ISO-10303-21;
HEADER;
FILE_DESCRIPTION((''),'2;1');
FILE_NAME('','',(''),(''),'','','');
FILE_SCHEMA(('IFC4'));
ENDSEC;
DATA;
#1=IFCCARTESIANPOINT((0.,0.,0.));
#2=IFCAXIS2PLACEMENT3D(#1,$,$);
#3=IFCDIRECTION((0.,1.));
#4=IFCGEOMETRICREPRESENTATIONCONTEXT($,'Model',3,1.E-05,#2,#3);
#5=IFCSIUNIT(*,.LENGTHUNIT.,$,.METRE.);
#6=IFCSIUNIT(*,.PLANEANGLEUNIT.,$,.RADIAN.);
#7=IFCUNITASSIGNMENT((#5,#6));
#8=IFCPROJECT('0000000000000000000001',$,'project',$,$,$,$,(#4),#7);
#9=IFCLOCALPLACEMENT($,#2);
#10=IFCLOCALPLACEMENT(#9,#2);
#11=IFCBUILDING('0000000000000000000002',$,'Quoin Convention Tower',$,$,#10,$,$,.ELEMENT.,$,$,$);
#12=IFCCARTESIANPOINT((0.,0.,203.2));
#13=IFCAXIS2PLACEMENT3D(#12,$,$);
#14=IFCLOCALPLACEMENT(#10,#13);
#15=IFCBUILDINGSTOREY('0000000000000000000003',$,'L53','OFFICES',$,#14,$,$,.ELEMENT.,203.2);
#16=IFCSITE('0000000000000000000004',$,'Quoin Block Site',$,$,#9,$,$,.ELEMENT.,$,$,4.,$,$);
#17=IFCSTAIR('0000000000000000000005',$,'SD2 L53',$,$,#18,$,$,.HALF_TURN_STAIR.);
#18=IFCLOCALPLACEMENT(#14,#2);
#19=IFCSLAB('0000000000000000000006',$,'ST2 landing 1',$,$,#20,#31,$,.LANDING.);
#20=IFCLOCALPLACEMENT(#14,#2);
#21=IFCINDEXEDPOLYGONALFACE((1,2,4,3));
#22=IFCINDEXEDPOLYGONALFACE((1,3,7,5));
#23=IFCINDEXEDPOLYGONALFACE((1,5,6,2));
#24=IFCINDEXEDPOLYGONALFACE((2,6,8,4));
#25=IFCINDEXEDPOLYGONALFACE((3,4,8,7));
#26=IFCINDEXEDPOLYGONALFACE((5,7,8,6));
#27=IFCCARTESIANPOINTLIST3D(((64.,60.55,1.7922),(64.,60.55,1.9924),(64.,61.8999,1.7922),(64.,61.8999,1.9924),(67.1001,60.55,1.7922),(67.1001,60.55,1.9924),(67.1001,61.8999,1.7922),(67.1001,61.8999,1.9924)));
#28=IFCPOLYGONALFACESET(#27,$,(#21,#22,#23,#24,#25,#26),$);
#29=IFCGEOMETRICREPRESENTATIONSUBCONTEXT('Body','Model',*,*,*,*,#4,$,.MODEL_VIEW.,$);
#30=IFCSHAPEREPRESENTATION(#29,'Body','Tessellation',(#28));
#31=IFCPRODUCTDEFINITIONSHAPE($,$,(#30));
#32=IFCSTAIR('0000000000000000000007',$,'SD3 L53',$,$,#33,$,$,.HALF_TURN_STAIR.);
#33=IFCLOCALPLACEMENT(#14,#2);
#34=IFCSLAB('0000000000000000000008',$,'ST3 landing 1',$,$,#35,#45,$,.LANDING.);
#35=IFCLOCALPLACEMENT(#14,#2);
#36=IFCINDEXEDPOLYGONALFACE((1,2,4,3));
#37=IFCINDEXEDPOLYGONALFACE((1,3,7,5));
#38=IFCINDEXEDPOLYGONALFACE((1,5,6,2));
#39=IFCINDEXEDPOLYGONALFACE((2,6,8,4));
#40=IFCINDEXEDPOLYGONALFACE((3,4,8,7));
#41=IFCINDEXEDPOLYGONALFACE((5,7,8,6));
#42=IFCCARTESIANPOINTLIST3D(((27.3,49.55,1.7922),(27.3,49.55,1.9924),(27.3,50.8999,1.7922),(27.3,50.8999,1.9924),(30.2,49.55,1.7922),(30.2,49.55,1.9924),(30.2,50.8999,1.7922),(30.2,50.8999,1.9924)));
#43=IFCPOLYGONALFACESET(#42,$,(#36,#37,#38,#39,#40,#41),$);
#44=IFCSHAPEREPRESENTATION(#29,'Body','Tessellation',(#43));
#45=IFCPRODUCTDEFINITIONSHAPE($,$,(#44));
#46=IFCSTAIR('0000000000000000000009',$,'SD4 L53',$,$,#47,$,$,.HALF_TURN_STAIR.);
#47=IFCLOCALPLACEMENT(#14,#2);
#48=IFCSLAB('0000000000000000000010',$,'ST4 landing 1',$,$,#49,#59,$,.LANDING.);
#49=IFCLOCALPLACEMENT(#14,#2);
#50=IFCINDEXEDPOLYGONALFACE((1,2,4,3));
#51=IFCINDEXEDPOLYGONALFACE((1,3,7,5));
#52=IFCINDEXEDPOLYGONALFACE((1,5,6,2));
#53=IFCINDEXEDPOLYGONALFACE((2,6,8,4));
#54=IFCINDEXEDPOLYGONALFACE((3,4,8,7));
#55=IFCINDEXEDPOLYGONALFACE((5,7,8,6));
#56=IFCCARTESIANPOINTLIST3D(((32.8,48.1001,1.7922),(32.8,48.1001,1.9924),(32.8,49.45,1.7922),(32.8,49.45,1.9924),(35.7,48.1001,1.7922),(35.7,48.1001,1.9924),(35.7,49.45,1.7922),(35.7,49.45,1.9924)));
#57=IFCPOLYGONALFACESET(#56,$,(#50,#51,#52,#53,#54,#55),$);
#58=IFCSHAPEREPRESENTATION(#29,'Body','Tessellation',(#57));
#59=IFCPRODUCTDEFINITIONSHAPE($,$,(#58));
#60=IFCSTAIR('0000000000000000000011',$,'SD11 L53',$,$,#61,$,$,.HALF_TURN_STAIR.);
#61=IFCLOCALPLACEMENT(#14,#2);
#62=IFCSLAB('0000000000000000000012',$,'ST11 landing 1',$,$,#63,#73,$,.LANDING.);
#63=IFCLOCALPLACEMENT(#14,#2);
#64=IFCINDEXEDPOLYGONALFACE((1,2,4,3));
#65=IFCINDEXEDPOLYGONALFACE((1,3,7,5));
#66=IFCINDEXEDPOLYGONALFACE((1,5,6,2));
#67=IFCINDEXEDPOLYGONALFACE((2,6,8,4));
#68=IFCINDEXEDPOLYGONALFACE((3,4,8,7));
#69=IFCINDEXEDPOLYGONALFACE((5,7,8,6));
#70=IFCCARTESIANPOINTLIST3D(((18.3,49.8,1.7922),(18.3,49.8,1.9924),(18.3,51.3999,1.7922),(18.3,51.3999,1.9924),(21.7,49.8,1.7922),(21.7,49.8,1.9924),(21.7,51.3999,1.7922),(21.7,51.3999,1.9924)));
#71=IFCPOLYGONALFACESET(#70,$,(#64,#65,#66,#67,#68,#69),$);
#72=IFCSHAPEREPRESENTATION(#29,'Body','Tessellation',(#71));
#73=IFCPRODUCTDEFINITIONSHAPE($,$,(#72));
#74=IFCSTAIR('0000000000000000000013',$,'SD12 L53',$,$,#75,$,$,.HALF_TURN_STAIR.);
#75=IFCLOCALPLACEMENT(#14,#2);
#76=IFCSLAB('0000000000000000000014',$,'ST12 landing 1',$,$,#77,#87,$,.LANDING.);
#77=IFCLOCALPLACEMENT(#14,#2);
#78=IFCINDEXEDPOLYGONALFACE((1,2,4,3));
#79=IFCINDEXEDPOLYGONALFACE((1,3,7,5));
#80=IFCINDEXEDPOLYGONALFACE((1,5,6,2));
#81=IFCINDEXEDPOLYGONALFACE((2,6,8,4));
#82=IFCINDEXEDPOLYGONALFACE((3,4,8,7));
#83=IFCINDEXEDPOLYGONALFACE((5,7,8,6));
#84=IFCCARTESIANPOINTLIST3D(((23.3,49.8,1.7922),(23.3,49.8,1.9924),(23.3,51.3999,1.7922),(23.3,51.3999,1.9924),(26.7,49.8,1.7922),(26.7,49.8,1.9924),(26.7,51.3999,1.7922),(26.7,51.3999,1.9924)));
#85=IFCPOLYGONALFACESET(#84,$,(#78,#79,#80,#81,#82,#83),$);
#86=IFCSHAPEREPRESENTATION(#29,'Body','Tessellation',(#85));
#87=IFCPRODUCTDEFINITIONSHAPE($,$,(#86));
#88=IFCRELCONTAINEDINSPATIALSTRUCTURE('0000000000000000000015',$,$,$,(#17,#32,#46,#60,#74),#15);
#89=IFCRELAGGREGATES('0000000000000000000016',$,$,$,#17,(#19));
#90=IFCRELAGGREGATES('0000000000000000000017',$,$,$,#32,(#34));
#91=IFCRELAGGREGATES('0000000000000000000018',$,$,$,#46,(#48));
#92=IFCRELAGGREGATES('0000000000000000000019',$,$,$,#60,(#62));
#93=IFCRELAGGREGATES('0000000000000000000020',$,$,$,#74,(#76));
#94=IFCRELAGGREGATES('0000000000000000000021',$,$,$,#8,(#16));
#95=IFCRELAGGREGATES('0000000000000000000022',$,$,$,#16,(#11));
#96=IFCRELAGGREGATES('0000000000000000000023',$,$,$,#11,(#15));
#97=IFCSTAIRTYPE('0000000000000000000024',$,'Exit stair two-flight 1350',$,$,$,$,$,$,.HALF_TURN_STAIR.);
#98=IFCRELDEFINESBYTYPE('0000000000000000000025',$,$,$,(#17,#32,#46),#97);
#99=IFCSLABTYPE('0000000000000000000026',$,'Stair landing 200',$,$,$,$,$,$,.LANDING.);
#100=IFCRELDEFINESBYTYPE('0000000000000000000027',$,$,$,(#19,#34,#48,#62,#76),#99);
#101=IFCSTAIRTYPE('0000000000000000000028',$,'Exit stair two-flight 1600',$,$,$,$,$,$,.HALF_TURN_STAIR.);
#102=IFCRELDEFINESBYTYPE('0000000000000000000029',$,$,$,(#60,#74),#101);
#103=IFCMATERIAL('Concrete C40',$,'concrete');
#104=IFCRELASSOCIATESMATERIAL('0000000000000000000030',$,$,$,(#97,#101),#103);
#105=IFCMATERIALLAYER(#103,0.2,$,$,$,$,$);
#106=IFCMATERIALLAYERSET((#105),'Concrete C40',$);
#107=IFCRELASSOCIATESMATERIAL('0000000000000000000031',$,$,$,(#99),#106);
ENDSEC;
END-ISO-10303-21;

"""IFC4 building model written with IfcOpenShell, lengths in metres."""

from ifc_helpers import new_model, si_unit, direction, frame, origin, place, context, subcontext, project, spatial, polyline, outline, extrude, material, layer, layer_set, type_object, element, aggregate, save


model = new_model("IFC4")

# Units and contexts
model_context = context("Model", 3, precision=1e-05, world=origin(), true_north=direction((0.0, 1.0)))
body_context = subcontext(model_context, "Body", "Model", "MODEL_VIEW")
ifc_project = project(units=[si_unit("LENGTHUNIT", "METRE"), si_unit("PLANEANGLEUNIT", "RADIAN")], contexts=[model_context])

# Site, building, storey
site_placement = place(None, origin())
site = spatial("IfcSite", under=ifc_project, at=site_placement, Name="Quoin Block Site", CompositionType="ELEMENT", RefElevation=4.0)
building_placement = place(site_placement, origin())
building = spatial("IfcBuilding", under=site, at=building_placement, Name="Quoin Convention Tower", CompositionType="ELEMENT")
storey_placement = place(building_placement, frame((0.0, 0.0, 203.2)))
storey = spatial("IfcBuildingStorey", under=building, at=storey_placement, Name="L53", Description="OFFICES", CompositionType="ELEMENT", Elevation=203.2)

# Shared definitions
ifc_material_1 = material(Name="Concrete C40", Category="concrete")

# Stairs, slabs
stair_type_1 = type_object("IfcStairType", Name="Exit stair two-flight 1350", PredefinedType="HALF_TURN_STAIR", material=ifc_material_1)
ifc_layer_1 = layer(ifc_material_1, 0.2)
ifc_layer_set_1 = layer_set([ifc_layer_1], Name="Concrete C40")
slab_type_1 = type_object("IfcSlabType", Name="Stair landing 200", PredefinedType="LANDING", material=ifc_layer_set_1)
stair_1_placement = place(storey_placement, origin())
stair_1 = element("IfcStair", 1, at=stair_1_placement, inside=storey, type_object=stair_type_1, Name="SD2 L53", PredefinedType="HALF_TURN_STAIR")
slab_1_placement = place(storey_placement, frame((0.0, 0.0, 1.7922)))
slab_1 = element("IfcSlab", 2, at=slab_1_placement, type_object=slab_type_1, Name="ST2 landing 1", PredefinedType="LANDING", context=body_context, shape_type="SweptSolid", body=[
    extrude(outline(polyline([(64.0, 60.55), (67.1001, 60.55), (67.1001, 61.8999), (64.0, 61.8999), (64.0, 60.55)])), origin(), (0.0, 0.0, 1.0), 0.2002),
])
aggregate(stair_1, [slab_1])
stair_2_placement = place(storey_placement, origin())
stair_2 = element("IfcStair", 3, at=stair_2_placement, inside=storey, type_object=stair_type_1, Name="SD3 L53", PredefinedType="HALF_TURN_STAIR")
slab_2_placement = place(storey_placement, frame((0.0, 0.0, 1.7922)))
slab_2 = element("IfcSlab", 4, at=slab_2_placement, type_object=slab_type_1, Name="ST3 landing 1", PredefinedType="LANDING", context=body_context, shape_type="SweptSolid", body=[
    extrude(outline(polyline([(27.3, 49.55), (30.2, 49.55), (30.2, 50.8999), (27.3, 50.8999), (27.3, 49.55)])), origin(), (0.0, 0.0, 1.0), 0.2002),
])
aggregate(stair_2, [slab_2])
stair_3_placement = place(storey_placement, origin())
stair_3 = element("IfcStair", 5, at=stair_3_placement, inside=storey, type_object=stair_type_1, Name="SD4 L53", PredefinedType="HALF_TURN_STAIR")
slab_3_placement = place(storey_placement, frame((0.0, 0.0, 1.7922)))
slab_3 = element("IfcSlab", 6, at=slab_3_placement, type_object=slab_type_1, Name="ST4 landing 1", PredefinedType="LANDING", context=body_context, shape_type="SweptSolid", body=[
    extrude(outline(polyline([(35.7, 49.45), (32.8, 49.45), (32.8, 48.1001), (35.7, 48.1001), (35.7, 49.45)])), origin(), (0.0, 0.0, 1.0), 0.2002),
])
aggregate(stair_3, [slab_3])
stair_type_2 = type_object("IfcStairType", Name="Exit stair two-flight 1600", PredefinedType="HALF_TURN_STAIR", material=ifc_material_1)
stair_4_placement = place(storey_placement, origin())
stair_4 = element("IfcStair", 7, at=stair_4_placement, inside=storey, type_object=stair_type_2, Name="SD11 L53", PredefinedType="HALF_TURN_STAIR")
slab_4_placement = place(storey_placement, frame((0.0, 0.0, 1.7922)))
slab_4 = element("IfcSlab", 8, at=slab_4_placement, type_object=slab_type_1, Name="ST11 landing 1", PredefinedType="LANDING", context=body_context, shape_type="SweptSolid", body=[
    extrude(outline(polyline([(21.7, 51.3999), (18.3, 51.3999), (18.3, 49.8), (21.7, 49.8), (21.7, 51.3999)])), origin(), (0.0, 0.0, 1.0), 0.2002),
])
aggregate(stair_4, [slab_4])
stair_5_placement = place(storey_placement, origin())
stair_5 = element("IfcStair", 9, at=stair_5_placement, inside=storey, type_object=stair_type_2, Name="SD12 L53", PredefinedType="HALF_TURN_STAIR")
slab_5_placement = place(storey_placement, frame((0.0, 0.0, 1.7922)))
slab_5 = element("IfcSlab", 10, at=slab_5_placement, type_object=slab_type_1, Name="ST12 landing 1", PredefinedType="LANDING", context=body_context, shape_type="SweptSolid", body=[
    extrude(outline(polyline([(26.7, 51.3999), (23.3, 51.3999), (23.3, 49.8), (26.7, 49.8), (26.7, 51.3999)])), origin(), (0.0, 0.0, 1.0), 0.2002),
])
aggregate(stair_5, [slab_5])

save(model, "model.ifc")
